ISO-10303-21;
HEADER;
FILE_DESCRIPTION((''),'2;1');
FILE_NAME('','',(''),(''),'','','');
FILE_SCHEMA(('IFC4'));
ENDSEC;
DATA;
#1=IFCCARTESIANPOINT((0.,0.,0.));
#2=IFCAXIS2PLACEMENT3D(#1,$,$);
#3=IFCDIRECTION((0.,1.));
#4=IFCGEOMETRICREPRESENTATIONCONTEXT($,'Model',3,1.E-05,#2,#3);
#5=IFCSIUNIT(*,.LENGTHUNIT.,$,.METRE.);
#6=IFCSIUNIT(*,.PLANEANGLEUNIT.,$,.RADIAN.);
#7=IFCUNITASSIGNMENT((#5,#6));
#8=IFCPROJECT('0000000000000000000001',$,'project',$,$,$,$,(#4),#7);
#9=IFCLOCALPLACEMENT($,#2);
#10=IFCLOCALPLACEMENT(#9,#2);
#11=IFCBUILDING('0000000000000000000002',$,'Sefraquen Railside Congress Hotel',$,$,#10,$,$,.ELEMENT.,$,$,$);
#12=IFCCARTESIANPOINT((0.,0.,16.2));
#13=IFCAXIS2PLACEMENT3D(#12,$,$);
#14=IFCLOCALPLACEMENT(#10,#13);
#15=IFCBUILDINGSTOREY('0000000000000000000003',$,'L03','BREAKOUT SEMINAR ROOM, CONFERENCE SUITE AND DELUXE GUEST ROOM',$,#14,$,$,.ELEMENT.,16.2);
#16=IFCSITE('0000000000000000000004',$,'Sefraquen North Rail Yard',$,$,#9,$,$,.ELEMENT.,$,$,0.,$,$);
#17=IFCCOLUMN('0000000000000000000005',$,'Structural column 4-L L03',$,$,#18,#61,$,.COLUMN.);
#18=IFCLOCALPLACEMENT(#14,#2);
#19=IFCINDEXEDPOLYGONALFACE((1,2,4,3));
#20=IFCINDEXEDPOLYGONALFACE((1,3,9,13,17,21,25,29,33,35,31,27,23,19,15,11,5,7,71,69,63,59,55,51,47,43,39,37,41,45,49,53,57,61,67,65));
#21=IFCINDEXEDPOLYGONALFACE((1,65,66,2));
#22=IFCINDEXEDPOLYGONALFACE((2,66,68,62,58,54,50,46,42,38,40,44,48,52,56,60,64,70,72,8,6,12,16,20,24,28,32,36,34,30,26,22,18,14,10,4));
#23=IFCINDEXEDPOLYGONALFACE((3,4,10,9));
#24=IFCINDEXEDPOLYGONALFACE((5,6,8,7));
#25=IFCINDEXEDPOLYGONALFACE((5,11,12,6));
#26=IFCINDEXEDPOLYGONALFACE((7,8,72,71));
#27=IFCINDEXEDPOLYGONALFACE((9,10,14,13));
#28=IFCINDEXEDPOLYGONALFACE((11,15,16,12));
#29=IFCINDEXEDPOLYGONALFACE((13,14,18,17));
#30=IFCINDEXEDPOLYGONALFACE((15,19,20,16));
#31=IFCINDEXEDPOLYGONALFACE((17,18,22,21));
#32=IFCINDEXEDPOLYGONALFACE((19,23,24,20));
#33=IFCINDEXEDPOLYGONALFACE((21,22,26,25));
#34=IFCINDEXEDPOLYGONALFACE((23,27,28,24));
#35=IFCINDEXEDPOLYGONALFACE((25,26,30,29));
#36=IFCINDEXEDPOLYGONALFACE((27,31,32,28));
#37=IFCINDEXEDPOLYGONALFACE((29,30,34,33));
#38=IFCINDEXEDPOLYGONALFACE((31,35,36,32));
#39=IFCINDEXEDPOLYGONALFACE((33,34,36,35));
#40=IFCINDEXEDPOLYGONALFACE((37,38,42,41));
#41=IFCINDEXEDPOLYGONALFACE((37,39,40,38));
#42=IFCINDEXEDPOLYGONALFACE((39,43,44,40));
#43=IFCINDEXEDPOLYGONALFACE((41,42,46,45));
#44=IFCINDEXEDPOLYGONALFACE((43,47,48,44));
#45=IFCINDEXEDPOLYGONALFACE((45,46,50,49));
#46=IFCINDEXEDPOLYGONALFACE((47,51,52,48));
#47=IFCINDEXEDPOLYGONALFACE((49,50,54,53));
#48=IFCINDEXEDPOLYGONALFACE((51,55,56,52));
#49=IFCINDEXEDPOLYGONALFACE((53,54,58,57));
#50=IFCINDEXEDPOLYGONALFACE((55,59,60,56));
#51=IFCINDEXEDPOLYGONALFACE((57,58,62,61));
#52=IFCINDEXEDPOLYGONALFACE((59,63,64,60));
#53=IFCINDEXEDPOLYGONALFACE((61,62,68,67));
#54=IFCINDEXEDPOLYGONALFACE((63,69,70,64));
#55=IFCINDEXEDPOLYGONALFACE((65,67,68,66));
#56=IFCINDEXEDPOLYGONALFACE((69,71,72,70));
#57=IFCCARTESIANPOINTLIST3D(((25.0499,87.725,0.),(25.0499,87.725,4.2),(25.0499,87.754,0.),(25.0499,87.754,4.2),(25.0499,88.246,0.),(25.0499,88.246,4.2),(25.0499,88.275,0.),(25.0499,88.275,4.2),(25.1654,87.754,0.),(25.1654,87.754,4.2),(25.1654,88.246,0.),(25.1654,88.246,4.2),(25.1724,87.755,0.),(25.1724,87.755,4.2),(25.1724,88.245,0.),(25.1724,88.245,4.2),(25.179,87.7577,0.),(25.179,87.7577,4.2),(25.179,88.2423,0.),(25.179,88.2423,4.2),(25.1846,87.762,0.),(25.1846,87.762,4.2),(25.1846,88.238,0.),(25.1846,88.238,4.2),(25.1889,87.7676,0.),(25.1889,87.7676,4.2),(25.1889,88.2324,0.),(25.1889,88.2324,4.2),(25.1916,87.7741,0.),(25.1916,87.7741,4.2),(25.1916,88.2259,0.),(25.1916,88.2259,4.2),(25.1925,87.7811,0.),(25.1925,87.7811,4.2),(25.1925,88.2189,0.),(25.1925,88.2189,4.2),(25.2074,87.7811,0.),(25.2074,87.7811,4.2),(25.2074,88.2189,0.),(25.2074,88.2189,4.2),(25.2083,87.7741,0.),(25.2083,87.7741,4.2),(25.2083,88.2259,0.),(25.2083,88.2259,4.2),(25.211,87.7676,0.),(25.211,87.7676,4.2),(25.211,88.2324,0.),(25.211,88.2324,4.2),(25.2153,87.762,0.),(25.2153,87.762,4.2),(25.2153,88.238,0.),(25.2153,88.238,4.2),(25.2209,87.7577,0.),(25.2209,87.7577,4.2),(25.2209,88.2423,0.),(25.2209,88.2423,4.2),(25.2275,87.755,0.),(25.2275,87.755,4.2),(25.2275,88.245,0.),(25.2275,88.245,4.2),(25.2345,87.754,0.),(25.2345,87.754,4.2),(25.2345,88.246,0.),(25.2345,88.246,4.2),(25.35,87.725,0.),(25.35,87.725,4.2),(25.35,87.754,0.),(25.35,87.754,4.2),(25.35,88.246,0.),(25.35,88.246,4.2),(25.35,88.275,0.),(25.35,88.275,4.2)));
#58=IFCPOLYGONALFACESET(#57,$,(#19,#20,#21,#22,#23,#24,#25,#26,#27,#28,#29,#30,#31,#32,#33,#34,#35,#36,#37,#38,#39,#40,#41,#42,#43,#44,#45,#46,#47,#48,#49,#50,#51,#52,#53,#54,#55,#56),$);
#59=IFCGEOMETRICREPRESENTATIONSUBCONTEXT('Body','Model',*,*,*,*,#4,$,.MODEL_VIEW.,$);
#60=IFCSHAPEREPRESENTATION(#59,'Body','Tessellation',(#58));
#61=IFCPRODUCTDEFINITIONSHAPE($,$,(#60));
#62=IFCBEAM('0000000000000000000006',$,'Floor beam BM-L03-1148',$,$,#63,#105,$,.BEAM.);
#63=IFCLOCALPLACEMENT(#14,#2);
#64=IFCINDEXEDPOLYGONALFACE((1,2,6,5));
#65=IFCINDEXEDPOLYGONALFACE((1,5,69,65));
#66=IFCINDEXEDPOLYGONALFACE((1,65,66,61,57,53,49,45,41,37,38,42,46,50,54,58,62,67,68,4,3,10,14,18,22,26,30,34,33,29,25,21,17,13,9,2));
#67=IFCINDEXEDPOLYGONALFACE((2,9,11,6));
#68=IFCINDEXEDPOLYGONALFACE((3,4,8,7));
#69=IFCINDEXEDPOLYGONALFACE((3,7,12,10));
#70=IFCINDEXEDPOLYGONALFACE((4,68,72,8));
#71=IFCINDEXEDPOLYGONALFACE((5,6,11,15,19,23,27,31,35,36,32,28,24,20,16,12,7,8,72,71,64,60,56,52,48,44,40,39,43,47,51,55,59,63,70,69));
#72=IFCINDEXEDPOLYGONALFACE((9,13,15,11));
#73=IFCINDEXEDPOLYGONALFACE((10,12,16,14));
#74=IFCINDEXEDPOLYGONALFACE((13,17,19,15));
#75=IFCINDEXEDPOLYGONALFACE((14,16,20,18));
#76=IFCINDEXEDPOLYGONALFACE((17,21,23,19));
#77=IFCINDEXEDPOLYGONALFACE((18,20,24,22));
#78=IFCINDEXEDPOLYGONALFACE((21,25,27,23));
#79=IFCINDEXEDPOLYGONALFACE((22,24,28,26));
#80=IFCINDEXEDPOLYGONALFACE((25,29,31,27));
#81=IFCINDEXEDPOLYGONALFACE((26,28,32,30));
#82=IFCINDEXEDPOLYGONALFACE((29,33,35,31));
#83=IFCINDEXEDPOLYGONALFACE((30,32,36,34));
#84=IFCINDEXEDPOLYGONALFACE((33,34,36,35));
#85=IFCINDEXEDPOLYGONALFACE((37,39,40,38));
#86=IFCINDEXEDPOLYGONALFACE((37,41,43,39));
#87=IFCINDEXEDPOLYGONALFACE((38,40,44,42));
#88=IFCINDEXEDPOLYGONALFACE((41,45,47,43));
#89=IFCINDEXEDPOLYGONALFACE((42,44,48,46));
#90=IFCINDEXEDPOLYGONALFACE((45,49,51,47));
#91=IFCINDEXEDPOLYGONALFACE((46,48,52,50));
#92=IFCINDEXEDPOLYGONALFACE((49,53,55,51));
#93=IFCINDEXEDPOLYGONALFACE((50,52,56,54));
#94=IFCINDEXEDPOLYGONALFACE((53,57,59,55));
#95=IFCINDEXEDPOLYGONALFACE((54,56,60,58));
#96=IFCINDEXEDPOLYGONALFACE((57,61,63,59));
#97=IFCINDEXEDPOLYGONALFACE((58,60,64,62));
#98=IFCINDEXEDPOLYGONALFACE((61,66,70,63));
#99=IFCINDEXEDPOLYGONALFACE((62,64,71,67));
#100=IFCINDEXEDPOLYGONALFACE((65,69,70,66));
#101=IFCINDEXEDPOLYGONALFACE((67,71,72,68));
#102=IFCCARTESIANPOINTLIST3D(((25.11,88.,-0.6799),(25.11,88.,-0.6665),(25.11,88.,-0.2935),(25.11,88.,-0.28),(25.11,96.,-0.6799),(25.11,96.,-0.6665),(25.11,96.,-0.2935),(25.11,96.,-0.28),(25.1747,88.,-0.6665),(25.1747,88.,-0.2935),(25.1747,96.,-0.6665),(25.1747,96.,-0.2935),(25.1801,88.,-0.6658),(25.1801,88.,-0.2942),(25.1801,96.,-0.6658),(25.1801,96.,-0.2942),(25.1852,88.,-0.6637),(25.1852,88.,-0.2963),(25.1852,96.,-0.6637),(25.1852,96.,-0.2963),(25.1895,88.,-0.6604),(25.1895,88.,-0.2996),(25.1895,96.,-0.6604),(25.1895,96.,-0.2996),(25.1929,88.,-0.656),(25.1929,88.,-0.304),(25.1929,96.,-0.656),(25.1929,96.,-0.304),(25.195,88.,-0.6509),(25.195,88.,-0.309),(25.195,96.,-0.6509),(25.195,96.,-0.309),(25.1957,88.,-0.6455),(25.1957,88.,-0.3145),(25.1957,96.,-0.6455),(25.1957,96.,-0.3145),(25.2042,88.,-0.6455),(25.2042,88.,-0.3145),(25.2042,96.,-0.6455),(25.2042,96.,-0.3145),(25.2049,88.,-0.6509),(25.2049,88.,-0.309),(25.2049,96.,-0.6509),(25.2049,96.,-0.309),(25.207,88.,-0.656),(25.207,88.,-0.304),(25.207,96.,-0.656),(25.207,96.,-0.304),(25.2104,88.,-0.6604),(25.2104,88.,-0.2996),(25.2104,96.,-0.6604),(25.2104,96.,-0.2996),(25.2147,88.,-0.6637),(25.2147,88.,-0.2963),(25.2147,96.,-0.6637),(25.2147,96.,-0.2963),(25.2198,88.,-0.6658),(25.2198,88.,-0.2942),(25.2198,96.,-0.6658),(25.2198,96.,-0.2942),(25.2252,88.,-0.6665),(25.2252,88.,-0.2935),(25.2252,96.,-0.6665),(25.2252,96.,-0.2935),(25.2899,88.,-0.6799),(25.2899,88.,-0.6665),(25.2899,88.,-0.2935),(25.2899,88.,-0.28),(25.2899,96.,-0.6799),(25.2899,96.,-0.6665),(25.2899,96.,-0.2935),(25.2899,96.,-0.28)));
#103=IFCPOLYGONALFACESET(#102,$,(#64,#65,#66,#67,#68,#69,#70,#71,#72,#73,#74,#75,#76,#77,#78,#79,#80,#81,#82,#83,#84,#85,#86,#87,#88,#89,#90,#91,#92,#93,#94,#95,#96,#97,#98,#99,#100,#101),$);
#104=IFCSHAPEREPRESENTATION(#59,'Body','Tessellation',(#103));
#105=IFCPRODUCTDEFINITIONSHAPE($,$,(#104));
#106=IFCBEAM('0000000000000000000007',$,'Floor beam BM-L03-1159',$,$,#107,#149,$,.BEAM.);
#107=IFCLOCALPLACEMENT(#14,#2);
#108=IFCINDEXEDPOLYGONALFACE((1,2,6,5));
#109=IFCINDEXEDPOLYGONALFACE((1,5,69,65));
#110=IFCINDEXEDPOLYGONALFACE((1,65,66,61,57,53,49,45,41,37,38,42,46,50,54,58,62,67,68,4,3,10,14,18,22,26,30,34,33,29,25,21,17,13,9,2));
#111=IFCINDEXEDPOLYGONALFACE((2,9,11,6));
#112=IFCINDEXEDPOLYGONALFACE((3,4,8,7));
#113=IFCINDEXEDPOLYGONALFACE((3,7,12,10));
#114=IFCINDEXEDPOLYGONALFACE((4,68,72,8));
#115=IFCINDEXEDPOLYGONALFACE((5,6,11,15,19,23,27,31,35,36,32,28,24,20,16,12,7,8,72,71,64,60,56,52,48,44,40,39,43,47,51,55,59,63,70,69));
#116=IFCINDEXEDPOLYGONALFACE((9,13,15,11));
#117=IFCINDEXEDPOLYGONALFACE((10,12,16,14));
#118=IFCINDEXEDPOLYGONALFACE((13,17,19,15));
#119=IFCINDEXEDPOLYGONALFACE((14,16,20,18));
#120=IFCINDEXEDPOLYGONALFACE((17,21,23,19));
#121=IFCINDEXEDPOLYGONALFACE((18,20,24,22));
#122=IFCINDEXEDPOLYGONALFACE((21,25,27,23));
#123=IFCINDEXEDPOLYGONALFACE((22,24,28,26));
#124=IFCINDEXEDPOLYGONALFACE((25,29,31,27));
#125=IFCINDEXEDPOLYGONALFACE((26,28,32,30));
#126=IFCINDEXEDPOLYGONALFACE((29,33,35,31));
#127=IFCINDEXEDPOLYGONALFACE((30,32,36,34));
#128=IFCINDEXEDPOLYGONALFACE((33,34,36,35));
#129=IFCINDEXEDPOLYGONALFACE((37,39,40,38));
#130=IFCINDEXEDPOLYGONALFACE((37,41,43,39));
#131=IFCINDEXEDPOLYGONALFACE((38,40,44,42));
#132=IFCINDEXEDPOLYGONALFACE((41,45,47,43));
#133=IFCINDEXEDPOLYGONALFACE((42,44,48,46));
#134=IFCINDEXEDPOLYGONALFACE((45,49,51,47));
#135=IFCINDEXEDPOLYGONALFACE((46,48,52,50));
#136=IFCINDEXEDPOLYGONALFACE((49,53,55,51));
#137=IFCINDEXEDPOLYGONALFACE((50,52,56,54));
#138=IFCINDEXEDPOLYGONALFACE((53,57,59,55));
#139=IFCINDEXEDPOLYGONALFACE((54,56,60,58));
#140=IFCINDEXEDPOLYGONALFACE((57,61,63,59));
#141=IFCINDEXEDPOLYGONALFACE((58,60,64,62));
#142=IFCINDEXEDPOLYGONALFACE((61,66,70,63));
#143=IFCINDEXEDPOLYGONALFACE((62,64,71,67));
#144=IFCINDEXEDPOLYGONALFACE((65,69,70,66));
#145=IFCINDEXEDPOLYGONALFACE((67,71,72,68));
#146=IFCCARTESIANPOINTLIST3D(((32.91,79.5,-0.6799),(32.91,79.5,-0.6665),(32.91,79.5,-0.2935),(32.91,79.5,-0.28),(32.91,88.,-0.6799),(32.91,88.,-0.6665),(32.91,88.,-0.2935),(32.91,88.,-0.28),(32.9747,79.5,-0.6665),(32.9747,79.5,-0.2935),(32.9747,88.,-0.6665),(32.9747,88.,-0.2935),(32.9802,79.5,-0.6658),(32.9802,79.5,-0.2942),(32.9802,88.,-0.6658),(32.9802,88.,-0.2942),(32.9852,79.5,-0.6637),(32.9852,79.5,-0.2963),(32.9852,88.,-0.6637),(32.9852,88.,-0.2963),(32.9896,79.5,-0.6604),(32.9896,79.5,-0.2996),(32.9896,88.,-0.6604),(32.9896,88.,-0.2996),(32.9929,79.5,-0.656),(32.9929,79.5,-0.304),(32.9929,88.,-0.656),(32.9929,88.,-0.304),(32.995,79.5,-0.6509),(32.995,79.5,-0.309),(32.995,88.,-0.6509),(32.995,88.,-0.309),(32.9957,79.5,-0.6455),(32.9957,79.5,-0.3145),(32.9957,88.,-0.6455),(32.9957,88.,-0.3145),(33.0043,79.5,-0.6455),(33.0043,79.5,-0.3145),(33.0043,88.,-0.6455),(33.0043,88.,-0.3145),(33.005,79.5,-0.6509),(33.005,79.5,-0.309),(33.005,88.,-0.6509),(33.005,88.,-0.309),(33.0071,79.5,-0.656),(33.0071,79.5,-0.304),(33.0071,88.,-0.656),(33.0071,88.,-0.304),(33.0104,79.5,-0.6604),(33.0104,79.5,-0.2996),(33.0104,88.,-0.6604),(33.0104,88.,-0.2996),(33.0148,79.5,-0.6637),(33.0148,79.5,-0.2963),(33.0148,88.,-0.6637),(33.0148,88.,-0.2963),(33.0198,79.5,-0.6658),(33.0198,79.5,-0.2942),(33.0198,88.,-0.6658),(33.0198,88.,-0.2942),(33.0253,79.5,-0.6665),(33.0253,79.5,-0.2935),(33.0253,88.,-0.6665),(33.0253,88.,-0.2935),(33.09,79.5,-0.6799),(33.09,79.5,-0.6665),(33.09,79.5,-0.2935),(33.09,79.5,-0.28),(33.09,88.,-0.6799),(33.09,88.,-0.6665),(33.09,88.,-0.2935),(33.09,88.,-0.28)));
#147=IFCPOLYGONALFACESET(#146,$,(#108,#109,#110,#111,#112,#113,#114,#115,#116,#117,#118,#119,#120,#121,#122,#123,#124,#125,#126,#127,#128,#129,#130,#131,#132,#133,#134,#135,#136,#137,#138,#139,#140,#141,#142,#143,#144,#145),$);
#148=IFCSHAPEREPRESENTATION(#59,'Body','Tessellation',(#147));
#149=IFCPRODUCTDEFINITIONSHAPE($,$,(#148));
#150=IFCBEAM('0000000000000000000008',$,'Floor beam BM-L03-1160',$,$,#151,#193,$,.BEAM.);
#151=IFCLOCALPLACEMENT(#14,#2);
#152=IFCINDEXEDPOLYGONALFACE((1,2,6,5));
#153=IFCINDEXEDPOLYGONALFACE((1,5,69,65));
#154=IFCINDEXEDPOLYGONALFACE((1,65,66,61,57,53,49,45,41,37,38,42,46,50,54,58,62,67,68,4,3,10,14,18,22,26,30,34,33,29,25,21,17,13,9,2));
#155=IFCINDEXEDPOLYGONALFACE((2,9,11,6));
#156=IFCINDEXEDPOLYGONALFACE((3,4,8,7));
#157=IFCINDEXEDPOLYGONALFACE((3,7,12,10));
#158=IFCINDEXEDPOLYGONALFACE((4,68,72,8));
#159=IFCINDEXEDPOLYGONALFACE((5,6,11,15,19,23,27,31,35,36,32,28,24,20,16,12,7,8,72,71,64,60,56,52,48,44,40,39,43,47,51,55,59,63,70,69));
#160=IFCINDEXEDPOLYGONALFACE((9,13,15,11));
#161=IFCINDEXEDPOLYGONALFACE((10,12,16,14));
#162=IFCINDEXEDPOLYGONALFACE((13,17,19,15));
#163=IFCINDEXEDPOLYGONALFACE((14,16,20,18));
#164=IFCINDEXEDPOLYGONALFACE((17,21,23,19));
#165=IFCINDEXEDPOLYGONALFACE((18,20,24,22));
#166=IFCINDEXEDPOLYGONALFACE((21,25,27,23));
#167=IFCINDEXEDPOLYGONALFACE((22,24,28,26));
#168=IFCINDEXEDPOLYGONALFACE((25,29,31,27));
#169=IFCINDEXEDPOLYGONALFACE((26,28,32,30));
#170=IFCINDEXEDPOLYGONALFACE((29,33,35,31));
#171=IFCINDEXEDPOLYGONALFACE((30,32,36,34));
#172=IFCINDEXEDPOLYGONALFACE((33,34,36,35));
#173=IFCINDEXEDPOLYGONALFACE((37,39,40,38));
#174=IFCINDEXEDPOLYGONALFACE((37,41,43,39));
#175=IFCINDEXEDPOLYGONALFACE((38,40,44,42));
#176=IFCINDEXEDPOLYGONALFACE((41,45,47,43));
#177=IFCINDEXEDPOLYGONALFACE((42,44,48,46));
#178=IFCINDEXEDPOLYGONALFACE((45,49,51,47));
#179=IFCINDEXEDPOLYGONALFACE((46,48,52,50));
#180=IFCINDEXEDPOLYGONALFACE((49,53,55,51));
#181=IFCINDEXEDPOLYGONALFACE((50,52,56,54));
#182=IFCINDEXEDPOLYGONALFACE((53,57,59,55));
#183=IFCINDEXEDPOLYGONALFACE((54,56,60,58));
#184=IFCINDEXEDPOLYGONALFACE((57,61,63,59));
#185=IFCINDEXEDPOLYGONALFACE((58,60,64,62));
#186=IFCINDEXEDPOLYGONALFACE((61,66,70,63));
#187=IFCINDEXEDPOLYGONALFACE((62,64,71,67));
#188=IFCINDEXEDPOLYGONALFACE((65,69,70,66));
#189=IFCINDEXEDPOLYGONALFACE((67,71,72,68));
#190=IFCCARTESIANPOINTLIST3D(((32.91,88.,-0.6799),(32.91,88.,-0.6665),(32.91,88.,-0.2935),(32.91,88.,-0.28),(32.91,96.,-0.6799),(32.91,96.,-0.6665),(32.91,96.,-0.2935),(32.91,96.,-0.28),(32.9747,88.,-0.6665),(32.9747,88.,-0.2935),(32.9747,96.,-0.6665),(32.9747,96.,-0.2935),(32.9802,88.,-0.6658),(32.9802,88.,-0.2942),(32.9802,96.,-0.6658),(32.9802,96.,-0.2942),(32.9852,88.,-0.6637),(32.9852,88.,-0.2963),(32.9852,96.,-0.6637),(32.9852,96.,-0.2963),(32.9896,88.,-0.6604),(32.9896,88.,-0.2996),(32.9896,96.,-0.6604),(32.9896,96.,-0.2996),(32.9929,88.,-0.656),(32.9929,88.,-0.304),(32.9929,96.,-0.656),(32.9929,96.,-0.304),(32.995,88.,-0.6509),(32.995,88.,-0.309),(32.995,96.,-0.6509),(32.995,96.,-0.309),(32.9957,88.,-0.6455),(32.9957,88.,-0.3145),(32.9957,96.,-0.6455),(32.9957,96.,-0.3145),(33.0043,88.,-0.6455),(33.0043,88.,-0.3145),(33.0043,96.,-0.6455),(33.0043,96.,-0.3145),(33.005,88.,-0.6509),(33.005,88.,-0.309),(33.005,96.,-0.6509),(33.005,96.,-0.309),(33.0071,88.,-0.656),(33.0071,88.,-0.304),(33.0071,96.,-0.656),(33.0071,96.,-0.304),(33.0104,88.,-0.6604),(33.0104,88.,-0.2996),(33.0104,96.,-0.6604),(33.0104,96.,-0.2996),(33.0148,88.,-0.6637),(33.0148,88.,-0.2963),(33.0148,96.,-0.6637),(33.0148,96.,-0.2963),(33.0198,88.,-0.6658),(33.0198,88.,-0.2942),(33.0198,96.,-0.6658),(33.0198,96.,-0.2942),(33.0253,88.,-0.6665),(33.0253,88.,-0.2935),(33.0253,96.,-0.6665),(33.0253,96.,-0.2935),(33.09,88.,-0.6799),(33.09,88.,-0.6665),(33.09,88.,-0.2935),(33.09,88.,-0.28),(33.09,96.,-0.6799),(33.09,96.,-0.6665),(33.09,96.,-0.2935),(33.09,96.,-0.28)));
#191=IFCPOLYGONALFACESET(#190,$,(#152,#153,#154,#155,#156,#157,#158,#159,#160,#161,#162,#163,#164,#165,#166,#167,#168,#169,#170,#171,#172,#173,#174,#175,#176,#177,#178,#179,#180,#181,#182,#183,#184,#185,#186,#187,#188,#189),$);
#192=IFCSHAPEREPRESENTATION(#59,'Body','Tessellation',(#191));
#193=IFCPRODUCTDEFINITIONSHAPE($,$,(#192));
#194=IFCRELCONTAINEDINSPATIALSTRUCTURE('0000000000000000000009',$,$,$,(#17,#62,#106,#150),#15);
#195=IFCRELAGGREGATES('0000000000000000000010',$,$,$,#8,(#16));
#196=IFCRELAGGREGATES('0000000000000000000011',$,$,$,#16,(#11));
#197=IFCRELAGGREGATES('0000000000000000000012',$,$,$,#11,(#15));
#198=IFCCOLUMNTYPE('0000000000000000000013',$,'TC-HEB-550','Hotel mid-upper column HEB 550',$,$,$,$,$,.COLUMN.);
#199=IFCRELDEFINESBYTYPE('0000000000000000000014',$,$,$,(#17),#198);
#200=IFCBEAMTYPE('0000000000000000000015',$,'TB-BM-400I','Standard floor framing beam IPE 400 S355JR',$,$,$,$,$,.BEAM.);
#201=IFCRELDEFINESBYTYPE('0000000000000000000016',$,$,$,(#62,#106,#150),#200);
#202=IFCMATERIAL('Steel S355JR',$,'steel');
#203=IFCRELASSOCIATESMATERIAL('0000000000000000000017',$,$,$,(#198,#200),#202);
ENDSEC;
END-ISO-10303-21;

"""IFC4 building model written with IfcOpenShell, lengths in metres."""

from ifc_helpers import new_model, si_unit, direction, frame, origin, origin_2d, place, context, subcontext, project, spatial, i_section, extrude, material, material_profile, profile_set, type_object, element, save


model = new_model("IFC4")

# Units and contexts
model_context = context("Model", 3, precision=1e-05, world=origin(), true_north=direction((0.0, 1.0)))
body_context = subcontext(model_context, "Body", "Model", "MODEL_VIEW")
ifc_project = project(units=[si_unit("LENGTHUNIT", "METRE"), si_unit("PLANEANGLEUNIT", "RADIAN")], contexts=[model_context])

# Site, building, storey
site_placement = place(None, origin())
site = spatial("IfcSite", under=ifc_project, at=site_placement, Name="Sefraquen North Rail Yard", CompositionType="ELEMENT", RefElevation=0.0)
building_placement = place(site_placement, origin())
building = spatial("IfcBuilding", under=site, at=building_placement, Name="Sefraquen Railside Congress Hotel", CompositionType="ELEMENT")
storey_placement = place(building_placement, frame((0.0, 0.0, 16.2)))
storey = spatial("IfcBuildingStorey", under=building, at=storey_placement, Name="L03", Description="BREAKOUT SEMINAR ROOM, CONFERENCE SUITE AND DELUXE GUEST ROOM", CompositionType="ELEMENT", Elevation=16.2)

# Column
ifc_material_1 = material(Name="Steel S355JR", Category="steel")
ifc_material_profile_1 = material_profile(ifc_material_1, i_section(OverallWidth=0.3, OverallDepth=0.55, WebThickness=0.0149, FlangeThickness=0.0291, FilletRadius=0.0271, at=origin_2d()), Name="HEB 550")
ifc_profile_set_1 = profile_set([ifc_material_profile_1], Name="Steel S355JR")
column_type = type_object("IfcColumnType", Name="TC-HEB-550", Description="Hotel mid-upper column HEB 550", PredefinedType="COLUMN", material=ifc_profile_set_1)
column_placement = place(storey_placement, frame((25.2, 88.0, 0.0), z_axis=(0.0, 0.0, 1.0), x_axis=(1.0, 0.0, 0.0)))
element("IfcColumn", 1, at=column_placement, inside=storey, type_object=column_type, Name="Structural column 4-L L03", PredefinedType="COLUMN", context=body_context, shape_type="SweptSolid", body=[
    extrude(i_section(OverallWidth=0.3, OverallDepth=0.55, WebThickness=0.0149, FlangeThickness=0.0291, FilletRadius=0.0271, at=origin_2d()), origin(), (0.0, 0.0, 1.0), 4.2),
])

# Beams
ifc_material_profile_2 = material_profile(ifc_material_1, i_section(OverallWidth=0.1799, OverallDepth=0.3999, WebThickness=0.0085, FlangeThickness=0.0134, FilletRadius=0.021, at=origin_2d()), Name="IPE 400")
ifc_profile_set_2 = profile_set([ifc_material_profile_2], Name="Steel S355JR")
beam_type_1 = type_object("IfcBeamType", Name="TB-BM-400I", Description="Standard floor framing beam IPE 400 S355JR", PredefinedType="BEAM", material=ifc_profile_set_2)
beam_1_placement = place(storey_placement, frame((25.2, 88.0, -0.48), z_axis=(0.0, 1.0, 0.0), x_axis=(-1.0, 0.0, 0.0)))
element("IfcBeam", 2, at=beam_1_placement, inside=storey, type_object=beam_type_1, Name="Floor beam BM-L03-1148", PredefinedType="BEAM", context=body_context, shape_type="SweptSolid", body=[
    extrude(i_section(OverallWidth=0.1799, OverallDepth=0.3999, WebThickness=0.0085, FlangeThickness=0.0134, FilletRadius=0.021, at=origin_2d()), origin(), (0.0, 0.0, 1.0), 8.0),
])
beam_2_placement = place(storey_placement, frame((33.0, 79.5, -0.48), z_axis=(0.0, 1.0, 0.0), x_axis=(-1.0, 0.0, 0.0)))
element("IfcBeam", 3, at=beam_2_placement, inside=storey, type_object=beam_type_1, Name="Floor beam BM-L03-1159", PredefinedType="BEAM", context=body_context, shape_type="SweptSolid", body=[
    extrude(i_section(OverallWidth=0.1799, OverallDepth=0.3999, WebThickness=0.0085, FlangeThickness=0.0134, FilletRadius=0.021, at=origin_2d()), origin(), (0.0, 0.0, 1.0), 8.5),
])
beam_3_placement = place(storey_placement, frame((33.0, 88.0, -0.48), z_axis=(0.0, 1.0, 0.0), x_axis=(-1.0, 0.0, 0.0)))
element("IfcBeam", 4, at=beam_3_placement, inside=storey, type_object=beam_type_1, Name="Floor beam BM-L03-1160", PredefinedType="BEAM", context=body_context, shape_type="SweptSolid", body=[
    extrude(i_section(OverallWidth=0.1799, OverallDepth=0.3999, WebThickness=0.0085, FlangeThickness=0.0134, FilletRadius=0.021, at=origin_2d()), origin(), (0.0, 0.0, 1.0), 8.0),
])

save(model, "model.ifc")
